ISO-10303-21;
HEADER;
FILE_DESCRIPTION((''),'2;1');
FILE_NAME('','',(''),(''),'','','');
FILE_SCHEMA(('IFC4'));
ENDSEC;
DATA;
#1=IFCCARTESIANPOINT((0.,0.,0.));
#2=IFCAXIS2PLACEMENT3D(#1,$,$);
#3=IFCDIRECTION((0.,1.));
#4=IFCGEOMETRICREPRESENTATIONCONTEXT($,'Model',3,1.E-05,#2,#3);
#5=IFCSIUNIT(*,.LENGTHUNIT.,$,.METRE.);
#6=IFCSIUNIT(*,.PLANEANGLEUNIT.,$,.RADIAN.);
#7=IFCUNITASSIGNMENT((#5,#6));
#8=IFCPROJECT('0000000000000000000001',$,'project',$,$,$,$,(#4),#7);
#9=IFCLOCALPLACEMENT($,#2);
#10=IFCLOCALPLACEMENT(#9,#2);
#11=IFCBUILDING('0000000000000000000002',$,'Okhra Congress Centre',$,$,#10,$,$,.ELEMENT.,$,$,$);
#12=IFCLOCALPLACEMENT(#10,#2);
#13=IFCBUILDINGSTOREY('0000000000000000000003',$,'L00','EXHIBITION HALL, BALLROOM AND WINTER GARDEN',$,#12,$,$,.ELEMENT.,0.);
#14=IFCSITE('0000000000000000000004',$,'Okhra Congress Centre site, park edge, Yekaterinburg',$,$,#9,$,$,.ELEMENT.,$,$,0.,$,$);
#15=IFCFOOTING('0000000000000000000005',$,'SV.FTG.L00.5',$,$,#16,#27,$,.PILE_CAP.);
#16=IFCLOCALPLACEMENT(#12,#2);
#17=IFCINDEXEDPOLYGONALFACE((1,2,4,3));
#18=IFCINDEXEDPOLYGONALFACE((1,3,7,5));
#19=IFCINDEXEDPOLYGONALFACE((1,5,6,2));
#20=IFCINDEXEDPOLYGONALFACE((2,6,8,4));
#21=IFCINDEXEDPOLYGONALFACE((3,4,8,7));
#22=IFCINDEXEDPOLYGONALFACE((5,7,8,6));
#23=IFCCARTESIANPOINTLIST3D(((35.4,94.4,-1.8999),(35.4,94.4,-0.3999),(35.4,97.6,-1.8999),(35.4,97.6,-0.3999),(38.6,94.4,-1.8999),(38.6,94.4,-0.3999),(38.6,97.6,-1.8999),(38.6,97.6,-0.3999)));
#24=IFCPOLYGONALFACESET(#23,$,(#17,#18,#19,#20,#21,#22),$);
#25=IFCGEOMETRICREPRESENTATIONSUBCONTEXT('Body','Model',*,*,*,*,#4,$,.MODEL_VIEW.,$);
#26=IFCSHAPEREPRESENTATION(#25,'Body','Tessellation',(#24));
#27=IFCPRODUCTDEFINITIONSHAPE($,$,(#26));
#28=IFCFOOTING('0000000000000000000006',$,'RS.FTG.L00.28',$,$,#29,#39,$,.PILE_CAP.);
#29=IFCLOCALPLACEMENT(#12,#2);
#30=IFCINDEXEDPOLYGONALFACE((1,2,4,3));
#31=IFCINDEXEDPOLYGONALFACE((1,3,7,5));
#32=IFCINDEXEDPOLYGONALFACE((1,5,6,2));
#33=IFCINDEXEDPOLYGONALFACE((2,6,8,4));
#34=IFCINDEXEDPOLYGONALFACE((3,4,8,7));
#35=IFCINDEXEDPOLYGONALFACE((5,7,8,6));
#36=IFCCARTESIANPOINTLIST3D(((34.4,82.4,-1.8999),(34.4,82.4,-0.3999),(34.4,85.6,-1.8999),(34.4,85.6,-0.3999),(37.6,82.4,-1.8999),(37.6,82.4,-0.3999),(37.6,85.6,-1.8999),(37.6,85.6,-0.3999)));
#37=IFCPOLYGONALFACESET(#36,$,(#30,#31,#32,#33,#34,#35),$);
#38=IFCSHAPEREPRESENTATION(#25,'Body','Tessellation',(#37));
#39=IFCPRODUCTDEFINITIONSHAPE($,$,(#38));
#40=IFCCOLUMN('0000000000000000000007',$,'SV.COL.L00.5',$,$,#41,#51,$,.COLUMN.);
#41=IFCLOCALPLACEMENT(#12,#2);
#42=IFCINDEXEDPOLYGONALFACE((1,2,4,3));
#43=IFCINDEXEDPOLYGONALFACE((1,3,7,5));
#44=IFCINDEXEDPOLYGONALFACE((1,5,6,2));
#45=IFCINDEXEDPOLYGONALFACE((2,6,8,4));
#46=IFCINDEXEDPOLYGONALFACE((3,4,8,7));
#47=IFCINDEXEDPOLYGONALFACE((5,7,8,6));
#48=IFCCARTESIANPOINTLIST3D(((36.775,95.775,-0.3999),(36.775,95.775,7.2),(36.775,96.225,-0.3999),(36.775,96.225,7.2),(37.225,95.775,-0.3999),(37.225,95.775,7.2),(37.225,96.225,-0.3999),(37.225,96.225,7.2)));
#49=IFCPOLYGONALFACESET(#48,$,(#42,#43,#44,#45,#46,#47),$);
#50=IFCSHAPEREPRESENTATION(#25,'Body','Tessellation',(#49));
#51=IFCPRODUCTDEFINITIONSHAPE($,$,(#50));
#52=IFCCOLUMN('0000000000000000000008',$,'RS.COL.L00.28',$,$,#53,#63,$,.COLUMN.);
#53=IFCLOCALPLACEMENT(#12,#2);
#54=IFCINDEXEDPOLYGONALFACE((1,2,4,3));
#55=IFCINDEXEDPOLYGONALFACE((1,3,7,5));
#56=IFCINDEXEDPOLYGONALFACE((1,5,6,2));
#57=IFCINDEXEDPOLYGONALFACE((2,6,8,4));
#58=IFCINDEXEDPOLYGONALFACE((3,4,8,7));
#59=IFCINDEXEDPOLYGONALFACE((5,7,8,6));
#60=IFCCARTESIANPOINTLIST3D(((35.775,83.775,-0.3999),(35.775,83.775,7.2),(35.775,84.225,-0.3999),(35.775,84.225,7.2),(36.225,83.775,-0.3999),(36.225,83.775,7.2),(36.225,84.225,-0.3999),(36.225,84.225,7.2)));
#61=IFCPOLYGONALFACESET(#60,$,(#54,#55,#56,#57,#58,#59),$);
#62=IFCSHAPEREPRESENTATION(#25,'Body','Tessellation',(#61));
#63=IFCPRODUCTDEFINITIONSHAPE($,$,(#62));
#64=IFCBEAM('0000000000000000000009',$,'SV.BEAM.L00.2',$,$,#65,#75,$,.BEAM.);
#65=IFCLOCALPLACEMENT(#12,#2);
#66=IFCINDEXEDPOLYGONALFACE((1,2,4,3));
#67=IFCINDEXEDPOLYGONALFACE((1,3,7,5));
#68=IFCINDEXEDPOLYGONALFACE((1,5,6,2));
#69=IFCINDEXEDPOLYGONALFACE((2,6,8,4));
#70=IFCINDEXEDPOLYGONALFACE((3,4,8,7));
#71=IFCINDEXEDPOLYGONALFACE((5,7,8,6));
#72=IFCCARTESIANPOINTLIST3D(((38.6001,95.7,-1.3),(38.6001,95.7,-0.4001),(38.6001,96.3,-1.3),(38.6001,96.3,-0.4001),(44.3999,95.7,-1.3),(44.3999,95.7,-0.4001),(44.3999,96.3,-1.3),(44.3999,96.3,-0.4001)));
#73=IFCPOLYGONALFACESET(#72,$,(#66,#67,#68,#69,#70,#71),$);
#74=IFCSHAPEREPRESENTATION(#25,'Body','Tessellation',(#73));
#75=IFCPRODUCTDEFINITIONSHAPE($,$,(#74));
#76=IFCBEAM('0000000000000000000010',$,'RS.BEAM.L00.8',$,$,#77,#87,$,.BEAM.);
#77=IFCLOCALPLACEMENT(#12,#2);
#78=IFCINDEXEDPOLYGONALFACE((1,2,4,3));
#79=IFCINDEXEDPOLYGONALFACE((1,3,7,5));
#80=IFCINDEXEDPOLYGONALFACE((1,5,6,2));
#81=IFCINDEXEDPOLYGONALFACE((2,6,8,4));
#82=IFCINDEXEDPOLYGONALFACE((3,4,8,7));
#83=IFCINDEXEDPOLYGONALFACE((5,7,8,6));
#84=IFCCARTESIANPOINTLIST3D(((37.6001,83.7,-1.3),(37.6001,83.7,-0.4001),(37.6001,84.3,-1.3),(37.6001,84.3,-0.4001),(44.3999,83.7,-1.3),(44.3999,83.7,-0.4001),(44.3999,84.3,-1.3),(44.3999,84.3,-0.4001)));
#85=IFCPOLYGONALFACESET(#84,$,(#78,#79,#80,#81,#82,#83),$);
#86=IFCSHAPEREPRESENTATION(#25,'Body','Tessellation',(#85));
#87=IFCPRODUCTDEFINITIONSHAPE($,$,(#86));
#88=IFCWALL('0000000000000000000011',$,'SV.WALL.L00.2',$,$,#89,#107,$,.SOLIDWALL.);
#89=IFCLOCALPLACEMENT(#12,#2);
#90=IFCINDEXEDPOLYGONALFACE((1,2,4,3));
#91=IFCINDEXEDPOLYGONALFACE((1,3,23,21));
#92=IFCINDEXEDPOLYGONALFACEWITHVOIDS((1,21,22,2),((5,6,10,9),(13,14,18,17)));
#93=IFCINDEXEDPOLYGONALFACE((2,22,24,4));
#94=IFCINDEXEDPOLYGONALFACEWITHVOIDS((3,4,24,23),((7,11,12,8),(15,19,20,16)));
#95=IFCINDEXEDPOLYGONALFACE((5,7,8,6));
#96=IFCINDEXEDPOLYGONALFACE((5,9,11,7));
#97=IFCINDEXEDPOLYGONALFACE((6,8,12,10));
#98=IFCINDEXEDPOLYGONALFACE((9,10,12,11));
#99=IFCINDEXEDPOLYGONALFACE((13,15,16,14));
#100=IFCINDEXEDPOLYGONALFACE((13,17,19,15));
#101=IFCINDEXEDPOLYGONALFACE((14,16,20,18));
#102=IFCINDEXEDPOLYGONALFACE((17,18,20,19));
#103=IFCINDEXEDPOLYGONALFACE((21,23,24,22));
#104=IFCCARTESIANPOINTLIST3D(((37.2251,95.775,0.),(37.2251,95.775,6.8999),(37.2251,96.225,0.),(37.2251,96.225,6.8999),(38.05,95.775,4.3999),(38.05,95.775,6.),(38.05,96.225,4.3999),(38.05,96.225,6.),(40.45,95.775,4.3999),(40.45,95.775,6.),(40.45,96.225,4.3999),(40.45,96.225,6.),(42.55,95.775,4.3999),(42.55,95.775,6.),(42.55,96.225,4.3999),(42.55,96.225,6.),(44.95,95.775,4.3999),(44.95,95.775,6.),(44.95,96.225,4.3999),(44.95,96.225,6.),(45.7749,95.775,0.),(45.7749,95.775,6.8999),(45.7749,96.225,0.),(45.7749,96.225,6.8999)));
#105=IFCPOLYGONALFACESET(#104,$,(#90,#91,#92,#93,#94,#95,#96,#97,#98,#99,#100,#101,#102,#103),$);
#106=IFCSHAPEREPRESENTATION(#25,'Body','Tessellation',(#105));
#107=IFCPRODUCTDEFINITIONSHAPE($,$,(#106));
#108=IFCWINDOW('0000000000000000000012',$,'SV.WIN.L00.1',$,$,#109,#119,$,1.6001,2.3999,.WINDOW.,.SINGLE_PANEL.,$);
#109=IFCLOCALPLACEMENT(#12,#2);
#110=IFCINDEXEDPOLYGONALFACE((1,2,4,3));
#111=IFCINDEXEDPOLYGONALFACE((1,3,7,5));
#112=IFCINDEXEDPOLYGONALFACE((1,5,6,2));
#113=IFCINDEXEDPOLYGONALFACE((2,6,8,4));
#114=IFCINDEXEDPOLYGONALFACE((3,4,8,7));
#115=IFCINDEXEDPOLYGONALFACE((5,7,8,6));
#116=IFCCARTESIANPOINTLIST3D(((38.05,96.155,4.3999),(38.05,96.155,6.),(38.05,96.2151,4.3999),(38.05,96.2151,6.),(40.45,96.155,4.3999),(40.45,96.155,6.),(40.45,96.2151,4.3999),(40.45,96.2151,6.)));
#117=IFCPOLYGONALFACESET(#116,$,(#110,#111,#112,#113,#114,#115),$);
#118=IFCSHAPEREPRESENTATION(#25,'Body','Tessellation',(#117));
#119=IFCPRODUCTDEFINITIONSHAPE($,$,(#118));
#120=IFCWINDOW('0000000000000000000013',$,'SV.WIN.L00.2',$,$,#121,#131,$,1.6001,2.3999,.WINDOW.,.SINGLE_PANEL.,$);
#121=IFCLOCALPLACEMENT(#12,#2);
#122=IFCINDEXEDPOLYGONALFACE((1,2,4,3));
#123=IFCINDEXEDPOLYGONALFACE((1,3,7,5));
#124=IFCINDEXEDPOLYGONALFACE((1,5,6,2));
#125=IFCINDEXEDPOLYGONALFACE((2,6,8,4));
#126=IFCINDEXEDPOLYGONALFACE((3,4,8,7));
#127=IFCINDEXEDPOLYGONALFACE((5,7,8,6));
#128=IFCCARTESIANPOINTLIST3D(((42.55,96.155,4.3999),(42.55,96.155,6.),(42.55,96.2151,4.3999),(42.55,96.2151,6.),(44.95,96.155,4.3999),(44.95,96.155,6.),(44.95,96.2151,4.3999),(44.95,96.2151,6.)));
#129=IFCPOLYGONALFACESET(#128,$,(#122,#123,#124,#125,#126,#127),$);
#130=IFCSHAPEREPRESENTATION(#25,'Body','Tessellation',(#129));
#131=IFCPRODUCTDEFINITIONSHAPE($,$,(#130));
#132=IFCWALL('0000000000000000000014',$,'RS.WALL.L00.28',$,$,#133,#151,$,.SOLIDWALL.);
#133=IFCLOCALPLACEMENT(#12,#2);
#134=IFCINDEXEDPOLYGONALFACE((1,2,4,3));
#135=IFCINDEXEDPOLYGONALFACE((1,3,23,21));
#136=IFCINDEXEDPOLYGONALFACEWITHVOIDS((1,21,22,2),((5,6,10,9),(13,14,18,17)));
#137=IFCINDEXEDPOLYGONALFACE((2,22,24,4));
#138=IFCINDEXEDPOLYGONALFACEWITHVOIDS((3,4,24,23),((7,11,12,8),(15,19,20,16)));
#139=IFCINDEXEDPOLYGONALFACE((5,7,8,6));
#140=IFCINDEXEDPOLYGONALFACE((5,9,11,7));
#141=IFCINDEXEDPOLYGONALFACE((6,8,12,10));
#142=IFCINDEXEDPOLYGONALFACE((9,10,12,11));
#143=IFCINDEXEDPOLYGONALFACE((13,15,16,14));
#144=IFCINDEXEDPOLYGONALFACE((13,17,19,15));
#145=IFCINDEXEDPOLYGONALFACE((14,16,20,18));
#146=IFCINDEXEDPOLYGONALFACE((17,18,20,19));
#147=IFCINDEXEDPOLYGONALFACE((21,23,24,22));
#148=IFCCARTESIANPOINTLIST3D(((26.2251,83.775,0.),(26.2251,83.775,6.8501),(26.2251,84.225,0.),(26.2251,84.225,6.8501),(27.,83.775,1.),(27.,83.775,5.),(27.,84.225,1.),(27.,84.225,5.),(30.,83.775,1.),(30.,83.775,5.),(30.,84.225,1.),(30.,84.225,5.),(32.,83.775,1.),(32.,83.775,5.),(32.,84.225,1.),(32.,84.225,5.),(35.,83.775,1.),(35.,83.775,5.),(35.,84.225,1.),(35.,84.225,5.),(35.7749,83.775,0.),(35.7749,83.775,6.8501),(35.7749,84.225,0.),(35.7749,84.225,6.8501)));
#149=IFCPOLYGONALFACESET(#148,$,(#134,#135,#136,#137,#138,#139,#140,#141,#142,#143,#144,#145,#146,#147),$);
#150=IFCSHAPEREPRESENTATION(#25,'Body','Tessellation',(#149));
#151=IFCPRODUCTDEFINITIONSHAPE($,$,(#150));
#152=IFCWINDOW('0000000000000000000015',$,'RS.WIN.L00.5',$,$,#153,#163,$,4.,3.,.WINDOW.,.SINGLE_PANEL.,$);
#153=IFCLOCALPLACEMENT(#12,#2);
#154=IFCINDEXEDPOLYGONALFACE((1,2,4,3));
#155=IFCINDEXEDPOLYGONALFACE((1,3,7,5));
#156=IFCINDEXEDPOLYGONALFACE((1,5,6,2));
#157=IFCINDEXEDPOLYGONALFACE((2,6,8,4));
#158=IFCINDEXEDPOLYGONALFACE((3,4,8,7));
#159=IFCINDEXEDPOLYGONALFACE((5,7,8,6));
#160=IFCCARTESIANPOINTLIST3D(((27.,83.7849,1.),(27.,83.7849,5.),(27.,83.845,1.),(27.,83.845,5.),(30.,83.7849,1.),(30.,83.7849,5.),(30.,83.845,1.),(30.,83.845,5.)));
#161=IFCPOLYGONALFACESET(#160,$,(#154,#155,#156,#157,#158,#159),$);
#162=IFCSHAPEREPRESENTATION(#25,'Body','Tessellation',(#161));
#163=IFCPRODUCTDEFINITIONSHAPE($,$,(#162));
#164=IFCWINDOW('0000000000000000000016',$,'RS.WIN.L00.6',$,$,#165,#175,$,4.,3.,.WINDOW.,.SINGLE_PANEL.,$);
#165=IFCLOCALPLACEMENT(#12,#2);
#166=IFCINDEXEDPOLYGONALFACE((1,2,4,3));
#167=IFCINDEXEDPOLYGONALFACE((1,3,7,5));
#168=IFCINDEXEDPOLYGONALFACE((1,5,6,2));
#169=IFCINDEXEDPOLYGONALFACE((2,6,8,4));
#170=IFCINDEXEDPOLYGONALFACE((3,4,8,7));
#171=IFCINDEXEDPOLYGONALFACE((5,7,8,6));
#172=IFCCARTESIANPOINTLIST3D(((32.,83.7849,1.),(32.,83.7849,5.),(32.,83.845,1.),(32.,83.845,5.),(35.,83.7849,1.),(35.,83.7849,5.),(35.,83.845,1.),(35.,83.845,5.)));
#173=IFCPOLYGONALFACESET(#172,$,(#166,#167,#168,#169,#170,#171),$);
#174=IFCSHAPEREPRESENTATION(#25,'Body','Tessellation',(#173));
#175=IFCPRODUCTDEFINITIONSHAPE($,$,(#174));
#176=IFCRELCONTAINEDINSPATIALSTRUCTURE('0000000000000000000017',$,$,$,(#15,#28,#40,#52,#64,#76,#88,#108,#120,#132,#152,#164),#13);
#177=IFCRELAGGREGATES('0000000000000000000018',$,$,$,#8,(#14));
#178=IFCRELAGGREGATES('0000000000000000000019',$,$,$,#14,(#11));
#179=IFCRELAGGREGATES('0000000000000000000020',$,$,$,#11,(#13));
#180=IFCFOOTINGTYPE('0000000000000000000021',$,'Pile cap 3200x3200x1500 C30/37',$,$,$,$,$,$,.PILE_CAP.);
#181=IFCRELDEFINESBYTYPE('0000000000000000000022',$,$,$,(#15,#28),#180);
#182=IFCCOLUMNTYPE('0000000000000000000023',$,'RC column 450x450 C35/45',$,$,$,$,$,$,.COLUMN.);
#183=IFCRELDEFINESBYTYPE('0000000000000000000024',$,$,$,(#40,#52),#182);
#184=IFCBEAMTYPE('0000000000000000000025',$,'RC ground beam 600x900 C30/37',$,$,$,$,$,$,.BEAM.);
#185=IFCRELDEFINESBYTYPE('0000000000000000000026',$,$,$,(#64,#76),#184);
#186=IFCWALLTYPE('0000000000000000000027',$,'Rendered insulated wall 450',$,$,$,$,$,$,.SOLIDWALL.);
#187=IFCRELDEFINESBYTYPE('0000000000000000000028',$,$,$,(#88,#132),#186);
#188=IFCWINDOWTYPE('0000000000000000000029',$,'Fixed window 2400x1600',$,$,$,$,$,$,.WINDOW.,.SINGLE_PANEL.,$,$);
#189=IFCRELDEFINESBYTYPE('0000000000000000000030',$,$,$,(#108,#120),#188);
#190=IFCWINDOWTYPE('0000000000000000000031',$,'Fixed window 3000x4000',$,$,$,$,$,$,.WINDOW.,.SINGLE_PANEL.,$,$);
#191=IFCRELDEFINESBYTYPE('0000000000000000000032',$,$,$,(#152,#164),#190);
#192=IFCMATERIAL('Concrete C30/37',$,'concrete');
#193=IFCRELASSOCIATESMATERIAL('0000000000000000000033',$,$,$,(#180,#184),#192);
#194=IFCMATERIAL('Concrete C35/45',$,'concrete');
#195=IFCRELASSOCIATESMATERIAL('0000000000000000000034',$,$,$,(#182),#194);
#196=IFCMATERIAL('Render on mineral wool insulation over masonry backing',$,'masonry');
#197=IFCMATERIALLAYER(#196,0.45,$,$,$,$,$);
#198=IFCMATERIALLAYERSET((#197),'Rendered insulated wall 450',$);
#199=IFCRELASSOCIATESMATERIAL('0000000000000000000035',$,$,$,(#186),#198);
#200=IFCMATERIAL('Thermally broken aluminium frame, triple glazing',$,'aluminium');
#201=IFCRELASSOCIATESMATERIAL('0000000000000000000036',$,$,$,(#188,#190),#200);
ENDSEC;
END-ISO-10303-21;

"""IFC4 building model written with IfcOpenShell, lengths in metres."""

from ifc_helpers import new_model, si_unit, direction, frame, frame_2d, origin, origin_2d, place, context, subcontext, project, spatial, rectangle, extrude, material, layer, layer_set, material_profile, profile_set, type_object, element, fill, save


model = new_model("IFC4")

# Units and contexts
model_context = context("Model", 3, precision=1e-05, world=origin(), true_north=direction((0.0, 1.0)))
body_context = subcontext(model_context, "Body", "Model", "MODEL_VIEW")
ifc_project = project(units=[si_unit("LENGTHUNIT", "METRE"), si_unit("PLANEANGLEUNIT", "RADIAN")], contexts=[model_context])

# Site, building, storey
site_placement = place(None, origin())
site = spatial("IfcSite", under=ifc_project, at=site_placement, Name="Okhra Congress Centre site, park edge, Yekaterinburg", CompositionType="ELEMENT", RefElevation=0.0)
building_placement = place(site_placement, origin())
building = spatial("IfcBuilding", under=site, at=building_placement, Name="Okhra Congress Centre", CompositionType="ELEMENT")
storey_placement = place(building_placement, origin())
storey = spatial("IfcBuildingStorey", under=building, at=storey_placement, Name="L00", Description="EXHIBITION HALL, BALLROOM AND WINTER GARDEN", CompositionType="ELEMENT", Elevation=0.0)

# Shared definitions
ifc_material_1 = material(Name="Concrete C30/37", Category="concrete")

# Footings
footing_type = type_object("IfcFootingType", Name="Pile cap 3200x3200x1500 C30/37", PredefinedType="PILE_CAP", material=ifc_material_1)
for number, where, z_axis, x_axis, name in (
    (1, (37.0, 96.0, -1.8999), (0.0, 0.0, 1.0), (1.0, 0.0, 0.0), "SV.FTG.L00.5"),
    (2, (36.0, 84.0, -1.8999), (0.0, 0.0, 1.0), (1.0, 0.0, 0.0), "RS.FTG.L00.28"),
):
    element("IfcFooting", number, at=place(storey_placement, frame(where, z_axis=z_axis, x_axis=x_axis)), inside=storey, type_object=footing_type, Name=name, PredefinedType="PILE_CAP", context=body_context, shape_type="SweptSolid", body=[
        extrude(rectangle(XDim=3.2, YDim=3.2, at=origin_2d()), origin(), (0.0, 0.0, 1.0), 1.5),
    ])

# Columns
ifc_material_2 = material(Name="Concrete C35/45", Category="concrete")
ifc_material_profile_1 = material_profile(ifc_material_2, rectangle(XDim=0.45, YDim=0.45, at=origin_2d()), Name="RC 450x450")
ifc_profile_set_1 = profile_set([ifc_material_profile_1], Name="Concrete C35/45")
column_type = type_object("IfcColumnType", Name="RC column 450x450 C35/45", PredefinedType="COLUMN", material=ifc_profile_set_1)
for number, where, z_axis, x_axis, name in (
    (3, (37.0, 96.0, -0.3999), (0.0, 0.0, 1.0), (1.0, 0.0, 0.0), "SV.COL.L00.5"),
    (4, (36.0, 84.0, -0.3999), (0.0, 0.0, 1.0), (1.0, 0.0, 0.0), "RS.COL.L00.28"),
):
    element("IfcColumn", number, at=place(storey_placement, frame(where, z_axis=z_axis, x_axis=x_axis)), inside=storey, type_object=column_type, Name=name, PredefinedType="COLUMN", context=body_context, shape_type="SweptSolid", body=[
        extrude(rectangle(XDim=0.45, YDim=0.45, at=origin_2d()), origin(), (0.0, 0.0, 1.0), 7.5999),
    ])

# Beams
ifc_material_profile_2 = material_profile(ifc_material_1, rectangle(XDim=0.6001, YDim=0.8999, at=origin_2d()), Name="RC 600x900")
ifc_profile_set_2 = profile_set([ifc_material_profile_2], Name="Concrete C30/37")
beam_type = type_object("IfcBeamType", Name="RC ground beam 600x900 C30/37", PredefinedType="BEAM", material=ifc_profile_set_2)
beam_1_placement = place(storey_placement, frame((38.6001, 96.0, -0.8501), z_axis=(1.0, 0.0, 0.0), x_axis=(0.0, 1.0, 0.0)))
element("IfcBeam", 5, at=beam_1_placement, inside=storey, type_object=beam_type, Name="SV.BEAM.L00.2", PredefinedType="BEAM", context=body_context, shape_type="SweptSolid", body=[
    extrude(rectangle(XDim=0.6001, YDim=0.8999, at=origin_2d()), origin(), (0.0, 0.0, 1.0), 5.7998),
])
beam_2_placement = place(storey_placement, frame((37.6001, 84.0, -0.8501), z_axis=(1.0, 0.0, 0.0), x_axis=(0.0, 1.0, 0.0)))
element("IfcBeam", 6, at=beam_2_placement, inside=storey, type_object=beam_type, Name="RS.BEAM.L00.8", PredefinedType="BEAM", context=body_context, shape_type="SweptSolid", body=[
    extrude(rectangle(XDim=0.6001, YDim=0.8999, at=origin_2d()), origin(), (0.0, 0.0, 1.0), 6.7998),
])

# Walls, openings, windows
ifc_material_3 = material(Name="Render on mineral wool insulation over masonry backing", Category="masonry")
ifc_layer = layer(ifc_material_3, 0.45)
ifc_layer_set = layer_set([ifc_layer], Name="Rendered insulated wall 450")
wall_type = type_object("IfcWallType", Name="Rendered insulated wall 450", PredefinedType="SOLIDWALL", material=ifc_layer_set)
wall_1_placement = place(storey_placement, frame((37.2251, 96.0, 0.0), z_axis=(0.0, 0.0, 1.0), x_axis=(1.0, 0.0, 0.0)))
wall_1 = element("IfcWall", 7, at=wall_1_placement, inside=storey, type_object=wall_type, Name="SV.WALL.L00.2", PredefinedType="SOLIDWALL", context=body_context, shape_type="SweptSolid", body=[
    extrude(rectangle(XDim=8.5498, YDim=0.45, at=frame_2d((4.2749, 0.0))), origin(), (0.0, 0.0, 1.0), 6.8999),
])
opening_1_placement = place(wall_1_placement, frame((0.825, 0.0, 4.3999)))
opening_1 = element("IfcOpeningElement", 8, at=opening_1_placement, cuts=wall_1, PredefinedType="OPENING", context=body_context, shape_type="SweptSolid", body=[
    extrude(rectangle(XDim=2.3999, YDim=1.6001, at=frame_2d((1.2, 0.8))), frame((0.0, 0.2349, 0.0), z_axis=(0.0, -1.0, 0.0), x_axis=(1.0, 0.0, 0.0)), (0.0, 0.0, 1.0), 0.47),
])
opening_2_placement = place(wall_1_placement, frame((5.325, 0.0, 4.3999)))
opening_2 = element("IfcOpeningElement", 9, at=opening_2_placement, cuts=wall_1, PredefinedType="OPENING", context=body_context, shape_type="SweptSolid", body=[
    extrude(rectangle(XDim=2.3999, YDim=1.6001, at=frame_2d((1.2, 0.8))), frame((0.0, 0.2349, 0.0), z_axis=(0.0, -1.0, 0.0), x_axis=(1.0, 0.0, 0.0)), (0.0, 0.0, 1.0), 0.47),
])
ifc_material_4 = material(Name="Thermally broken aluminium frame, triple glazing", Category="aluminium")
window_type_1 = type_object("IfcWindowType", Name="Fixed window 2400x1600", PartitioningType="SINGLE_PANEL", PredefinedType="WINDOW", material=ifc_material_4)
window_1_placement = place(opening_1_placement, origin())
window_1 = element("IfcWindow", 10, at=window_1_placement, inside=storey, type_object=window_type_1, Name="SV.WIN.L00.1", OverallHeight=1.6001, OverallWidth=2.3999, PartitioningType="SINGLE_PANEL", PredefinedType="WINDOW", context=body_context, shape_type="SweptSolid", body=[
    extrude(rectangle(XDim=2.3999, YDim=1.6001, at=frame_2d((1.2, 0.8))), frame((0.0, 0.2151, 0.0), z_axis=(0.0, -1.0, 0.0), x_axis=(1.0, 0.0, 0.0)), (0.0, 0.0, 1.0), 0.0601),
])
fill(opening_1, window_1)
window_2_placement = place(opening_2_placement, origin())
window_2 = element("IfcWindow", 11, at=window_2_placement, inside=storey, type_object=window_type_1, Name="SV.WIN.L00.2", OverallHeight=1.6001, OverallWidth=2.3999, PartitioningType="SINGLE_PANEL", PredefinedType="WINDOW", context=body_context, shape_type="SweptSolid", body=[
    extrude(rectangle(XDim=2.3999, YDim=1.6001, at=frame_2d((1.2, 0.8))), frame((0.0, 0.2151, 0.0), z_axis=(0.0, -1.0, 0.0), x_axis=(1.0, 0.0, 0.0)), (0.0, 0.0, 1.0), 0.0601),
])
fill(opening_2, window_2)
wall_2_placement = place(storey_placement, frame((35.7749, 84.0, 0.0), z_axis=(0.0, 0.0, 1.0), x_axis=(-1.0, 0.0, 0.0)))
wall_2 = element("IfcWall", 12, at=wall_2_placement, inside=storey, type_object=wall_type, Name="RS.WALL.L00.28", PredefinedType="SOLIDWALL", context=body_context, shape_type="SweptSolid", body=[
    extrude(rectangle(XDim=9.5498, YDim=0.45, at=frame_2d((4.7749, 0.0))), origin(), (0.0, 0.0, 1.0), 6.8501),
])
opening_3_placement = place(wall_2_placement, frame((5.7749, 0.0, 1.0)))
opening_3 = element("IfcOpeningElement", 13, at=opening_3_placement, cuts=wall_2, PredefinedType="OPENING", context=body_context, shape_type="SweptSolid", body=[
    extrude(rectangle(XDim=3.0, YDim=4.0, at=frame_2d((1.5, 2.0))), frame((0.0, 0.2349, 0.0), z_axis=(0.0, -1.0, 0.0), x_axis=(1.0, 0.0, 0.0)), (0.0, 0.0, 1.0), 0.47),
])
opening_4_placement = place(wall_2_placement, frame((0.7749, 0.0, 1.0)))
opening_4 = element("IfcOpeningElement", 14, at=opening_4_placement, cuts=wall_2, PredefinedType="OPENING", context=body_context, shape_type="SweptSolid", body=[
    extrude(rectangle(XDim=3.0, YDim=4.0, at=frame_2d((1.5, 2.0))), frame((0.0, 0.2349, 0.0), z_axis=(0.0, -1.0, 0.0), x_axis=(1.0, 0.0, 0.0)), (0.0, 0.0, 1.0), 0.47),
])
window_type_2 = type_object("IfcWindowType", Name="Fixed window 3000x4000", PartitioningType="SINGLE_PANEL", PredefinedType="WINDOW", material=ifc_material_4)
window_3_placement = place(opening_3_placement, origin())
window_3 = element("IfcWindow", 15, at=window_3_placement, inside=storey, type_object=window_type_2, Name="RS.WIN.L00.5", OverallHeight=4.0, OverallWidth=3.0, PartitioningType="SINGLE_PANEL", PredefinedType="WINDOW", context=body_context, shape_type="SweptSolid", body=[
    extrude(rectangle(XDim=3.0, YDim=4.0, at=frame_2d((1.5, 2.0))), frame((0.0, 0.2151, 0.0), z_axis=(0.0, -1.0, 0.0), x_axis=(1.0, 0.0, 0.0)), (0.0, 0.0, 1.0), 0.0601),
])
fill(opening_3, window_3)
window_4_placement = place(opening_4_placement, origin())
window_4 = element("IfcWindow", 16, at=window_4_placement, inside=storey, type_object=window_type_2, Name="RS.WIN.L00.6", OverallHeight=4.0, OverallWidth=3.0, PartitioningType="SINGLE_PANEL", PredefinedType="WINDOW", context=body_context, shape_type="SweptSolid", body=[
    extrude(rectangle(XDim=3.0, YDim=4.0, at=frame_2d((1.5, 2.0))), frame((0.0, 0.2151, 0.0), z_axis=(0.0, -1.0, 0.0), x_axis=(1.0, 0.0, 0.0)), (0.0, 0.0, 1.0), 0.0601),
])
fill(opening_4, window_4)

save(model, "model.ifc")
